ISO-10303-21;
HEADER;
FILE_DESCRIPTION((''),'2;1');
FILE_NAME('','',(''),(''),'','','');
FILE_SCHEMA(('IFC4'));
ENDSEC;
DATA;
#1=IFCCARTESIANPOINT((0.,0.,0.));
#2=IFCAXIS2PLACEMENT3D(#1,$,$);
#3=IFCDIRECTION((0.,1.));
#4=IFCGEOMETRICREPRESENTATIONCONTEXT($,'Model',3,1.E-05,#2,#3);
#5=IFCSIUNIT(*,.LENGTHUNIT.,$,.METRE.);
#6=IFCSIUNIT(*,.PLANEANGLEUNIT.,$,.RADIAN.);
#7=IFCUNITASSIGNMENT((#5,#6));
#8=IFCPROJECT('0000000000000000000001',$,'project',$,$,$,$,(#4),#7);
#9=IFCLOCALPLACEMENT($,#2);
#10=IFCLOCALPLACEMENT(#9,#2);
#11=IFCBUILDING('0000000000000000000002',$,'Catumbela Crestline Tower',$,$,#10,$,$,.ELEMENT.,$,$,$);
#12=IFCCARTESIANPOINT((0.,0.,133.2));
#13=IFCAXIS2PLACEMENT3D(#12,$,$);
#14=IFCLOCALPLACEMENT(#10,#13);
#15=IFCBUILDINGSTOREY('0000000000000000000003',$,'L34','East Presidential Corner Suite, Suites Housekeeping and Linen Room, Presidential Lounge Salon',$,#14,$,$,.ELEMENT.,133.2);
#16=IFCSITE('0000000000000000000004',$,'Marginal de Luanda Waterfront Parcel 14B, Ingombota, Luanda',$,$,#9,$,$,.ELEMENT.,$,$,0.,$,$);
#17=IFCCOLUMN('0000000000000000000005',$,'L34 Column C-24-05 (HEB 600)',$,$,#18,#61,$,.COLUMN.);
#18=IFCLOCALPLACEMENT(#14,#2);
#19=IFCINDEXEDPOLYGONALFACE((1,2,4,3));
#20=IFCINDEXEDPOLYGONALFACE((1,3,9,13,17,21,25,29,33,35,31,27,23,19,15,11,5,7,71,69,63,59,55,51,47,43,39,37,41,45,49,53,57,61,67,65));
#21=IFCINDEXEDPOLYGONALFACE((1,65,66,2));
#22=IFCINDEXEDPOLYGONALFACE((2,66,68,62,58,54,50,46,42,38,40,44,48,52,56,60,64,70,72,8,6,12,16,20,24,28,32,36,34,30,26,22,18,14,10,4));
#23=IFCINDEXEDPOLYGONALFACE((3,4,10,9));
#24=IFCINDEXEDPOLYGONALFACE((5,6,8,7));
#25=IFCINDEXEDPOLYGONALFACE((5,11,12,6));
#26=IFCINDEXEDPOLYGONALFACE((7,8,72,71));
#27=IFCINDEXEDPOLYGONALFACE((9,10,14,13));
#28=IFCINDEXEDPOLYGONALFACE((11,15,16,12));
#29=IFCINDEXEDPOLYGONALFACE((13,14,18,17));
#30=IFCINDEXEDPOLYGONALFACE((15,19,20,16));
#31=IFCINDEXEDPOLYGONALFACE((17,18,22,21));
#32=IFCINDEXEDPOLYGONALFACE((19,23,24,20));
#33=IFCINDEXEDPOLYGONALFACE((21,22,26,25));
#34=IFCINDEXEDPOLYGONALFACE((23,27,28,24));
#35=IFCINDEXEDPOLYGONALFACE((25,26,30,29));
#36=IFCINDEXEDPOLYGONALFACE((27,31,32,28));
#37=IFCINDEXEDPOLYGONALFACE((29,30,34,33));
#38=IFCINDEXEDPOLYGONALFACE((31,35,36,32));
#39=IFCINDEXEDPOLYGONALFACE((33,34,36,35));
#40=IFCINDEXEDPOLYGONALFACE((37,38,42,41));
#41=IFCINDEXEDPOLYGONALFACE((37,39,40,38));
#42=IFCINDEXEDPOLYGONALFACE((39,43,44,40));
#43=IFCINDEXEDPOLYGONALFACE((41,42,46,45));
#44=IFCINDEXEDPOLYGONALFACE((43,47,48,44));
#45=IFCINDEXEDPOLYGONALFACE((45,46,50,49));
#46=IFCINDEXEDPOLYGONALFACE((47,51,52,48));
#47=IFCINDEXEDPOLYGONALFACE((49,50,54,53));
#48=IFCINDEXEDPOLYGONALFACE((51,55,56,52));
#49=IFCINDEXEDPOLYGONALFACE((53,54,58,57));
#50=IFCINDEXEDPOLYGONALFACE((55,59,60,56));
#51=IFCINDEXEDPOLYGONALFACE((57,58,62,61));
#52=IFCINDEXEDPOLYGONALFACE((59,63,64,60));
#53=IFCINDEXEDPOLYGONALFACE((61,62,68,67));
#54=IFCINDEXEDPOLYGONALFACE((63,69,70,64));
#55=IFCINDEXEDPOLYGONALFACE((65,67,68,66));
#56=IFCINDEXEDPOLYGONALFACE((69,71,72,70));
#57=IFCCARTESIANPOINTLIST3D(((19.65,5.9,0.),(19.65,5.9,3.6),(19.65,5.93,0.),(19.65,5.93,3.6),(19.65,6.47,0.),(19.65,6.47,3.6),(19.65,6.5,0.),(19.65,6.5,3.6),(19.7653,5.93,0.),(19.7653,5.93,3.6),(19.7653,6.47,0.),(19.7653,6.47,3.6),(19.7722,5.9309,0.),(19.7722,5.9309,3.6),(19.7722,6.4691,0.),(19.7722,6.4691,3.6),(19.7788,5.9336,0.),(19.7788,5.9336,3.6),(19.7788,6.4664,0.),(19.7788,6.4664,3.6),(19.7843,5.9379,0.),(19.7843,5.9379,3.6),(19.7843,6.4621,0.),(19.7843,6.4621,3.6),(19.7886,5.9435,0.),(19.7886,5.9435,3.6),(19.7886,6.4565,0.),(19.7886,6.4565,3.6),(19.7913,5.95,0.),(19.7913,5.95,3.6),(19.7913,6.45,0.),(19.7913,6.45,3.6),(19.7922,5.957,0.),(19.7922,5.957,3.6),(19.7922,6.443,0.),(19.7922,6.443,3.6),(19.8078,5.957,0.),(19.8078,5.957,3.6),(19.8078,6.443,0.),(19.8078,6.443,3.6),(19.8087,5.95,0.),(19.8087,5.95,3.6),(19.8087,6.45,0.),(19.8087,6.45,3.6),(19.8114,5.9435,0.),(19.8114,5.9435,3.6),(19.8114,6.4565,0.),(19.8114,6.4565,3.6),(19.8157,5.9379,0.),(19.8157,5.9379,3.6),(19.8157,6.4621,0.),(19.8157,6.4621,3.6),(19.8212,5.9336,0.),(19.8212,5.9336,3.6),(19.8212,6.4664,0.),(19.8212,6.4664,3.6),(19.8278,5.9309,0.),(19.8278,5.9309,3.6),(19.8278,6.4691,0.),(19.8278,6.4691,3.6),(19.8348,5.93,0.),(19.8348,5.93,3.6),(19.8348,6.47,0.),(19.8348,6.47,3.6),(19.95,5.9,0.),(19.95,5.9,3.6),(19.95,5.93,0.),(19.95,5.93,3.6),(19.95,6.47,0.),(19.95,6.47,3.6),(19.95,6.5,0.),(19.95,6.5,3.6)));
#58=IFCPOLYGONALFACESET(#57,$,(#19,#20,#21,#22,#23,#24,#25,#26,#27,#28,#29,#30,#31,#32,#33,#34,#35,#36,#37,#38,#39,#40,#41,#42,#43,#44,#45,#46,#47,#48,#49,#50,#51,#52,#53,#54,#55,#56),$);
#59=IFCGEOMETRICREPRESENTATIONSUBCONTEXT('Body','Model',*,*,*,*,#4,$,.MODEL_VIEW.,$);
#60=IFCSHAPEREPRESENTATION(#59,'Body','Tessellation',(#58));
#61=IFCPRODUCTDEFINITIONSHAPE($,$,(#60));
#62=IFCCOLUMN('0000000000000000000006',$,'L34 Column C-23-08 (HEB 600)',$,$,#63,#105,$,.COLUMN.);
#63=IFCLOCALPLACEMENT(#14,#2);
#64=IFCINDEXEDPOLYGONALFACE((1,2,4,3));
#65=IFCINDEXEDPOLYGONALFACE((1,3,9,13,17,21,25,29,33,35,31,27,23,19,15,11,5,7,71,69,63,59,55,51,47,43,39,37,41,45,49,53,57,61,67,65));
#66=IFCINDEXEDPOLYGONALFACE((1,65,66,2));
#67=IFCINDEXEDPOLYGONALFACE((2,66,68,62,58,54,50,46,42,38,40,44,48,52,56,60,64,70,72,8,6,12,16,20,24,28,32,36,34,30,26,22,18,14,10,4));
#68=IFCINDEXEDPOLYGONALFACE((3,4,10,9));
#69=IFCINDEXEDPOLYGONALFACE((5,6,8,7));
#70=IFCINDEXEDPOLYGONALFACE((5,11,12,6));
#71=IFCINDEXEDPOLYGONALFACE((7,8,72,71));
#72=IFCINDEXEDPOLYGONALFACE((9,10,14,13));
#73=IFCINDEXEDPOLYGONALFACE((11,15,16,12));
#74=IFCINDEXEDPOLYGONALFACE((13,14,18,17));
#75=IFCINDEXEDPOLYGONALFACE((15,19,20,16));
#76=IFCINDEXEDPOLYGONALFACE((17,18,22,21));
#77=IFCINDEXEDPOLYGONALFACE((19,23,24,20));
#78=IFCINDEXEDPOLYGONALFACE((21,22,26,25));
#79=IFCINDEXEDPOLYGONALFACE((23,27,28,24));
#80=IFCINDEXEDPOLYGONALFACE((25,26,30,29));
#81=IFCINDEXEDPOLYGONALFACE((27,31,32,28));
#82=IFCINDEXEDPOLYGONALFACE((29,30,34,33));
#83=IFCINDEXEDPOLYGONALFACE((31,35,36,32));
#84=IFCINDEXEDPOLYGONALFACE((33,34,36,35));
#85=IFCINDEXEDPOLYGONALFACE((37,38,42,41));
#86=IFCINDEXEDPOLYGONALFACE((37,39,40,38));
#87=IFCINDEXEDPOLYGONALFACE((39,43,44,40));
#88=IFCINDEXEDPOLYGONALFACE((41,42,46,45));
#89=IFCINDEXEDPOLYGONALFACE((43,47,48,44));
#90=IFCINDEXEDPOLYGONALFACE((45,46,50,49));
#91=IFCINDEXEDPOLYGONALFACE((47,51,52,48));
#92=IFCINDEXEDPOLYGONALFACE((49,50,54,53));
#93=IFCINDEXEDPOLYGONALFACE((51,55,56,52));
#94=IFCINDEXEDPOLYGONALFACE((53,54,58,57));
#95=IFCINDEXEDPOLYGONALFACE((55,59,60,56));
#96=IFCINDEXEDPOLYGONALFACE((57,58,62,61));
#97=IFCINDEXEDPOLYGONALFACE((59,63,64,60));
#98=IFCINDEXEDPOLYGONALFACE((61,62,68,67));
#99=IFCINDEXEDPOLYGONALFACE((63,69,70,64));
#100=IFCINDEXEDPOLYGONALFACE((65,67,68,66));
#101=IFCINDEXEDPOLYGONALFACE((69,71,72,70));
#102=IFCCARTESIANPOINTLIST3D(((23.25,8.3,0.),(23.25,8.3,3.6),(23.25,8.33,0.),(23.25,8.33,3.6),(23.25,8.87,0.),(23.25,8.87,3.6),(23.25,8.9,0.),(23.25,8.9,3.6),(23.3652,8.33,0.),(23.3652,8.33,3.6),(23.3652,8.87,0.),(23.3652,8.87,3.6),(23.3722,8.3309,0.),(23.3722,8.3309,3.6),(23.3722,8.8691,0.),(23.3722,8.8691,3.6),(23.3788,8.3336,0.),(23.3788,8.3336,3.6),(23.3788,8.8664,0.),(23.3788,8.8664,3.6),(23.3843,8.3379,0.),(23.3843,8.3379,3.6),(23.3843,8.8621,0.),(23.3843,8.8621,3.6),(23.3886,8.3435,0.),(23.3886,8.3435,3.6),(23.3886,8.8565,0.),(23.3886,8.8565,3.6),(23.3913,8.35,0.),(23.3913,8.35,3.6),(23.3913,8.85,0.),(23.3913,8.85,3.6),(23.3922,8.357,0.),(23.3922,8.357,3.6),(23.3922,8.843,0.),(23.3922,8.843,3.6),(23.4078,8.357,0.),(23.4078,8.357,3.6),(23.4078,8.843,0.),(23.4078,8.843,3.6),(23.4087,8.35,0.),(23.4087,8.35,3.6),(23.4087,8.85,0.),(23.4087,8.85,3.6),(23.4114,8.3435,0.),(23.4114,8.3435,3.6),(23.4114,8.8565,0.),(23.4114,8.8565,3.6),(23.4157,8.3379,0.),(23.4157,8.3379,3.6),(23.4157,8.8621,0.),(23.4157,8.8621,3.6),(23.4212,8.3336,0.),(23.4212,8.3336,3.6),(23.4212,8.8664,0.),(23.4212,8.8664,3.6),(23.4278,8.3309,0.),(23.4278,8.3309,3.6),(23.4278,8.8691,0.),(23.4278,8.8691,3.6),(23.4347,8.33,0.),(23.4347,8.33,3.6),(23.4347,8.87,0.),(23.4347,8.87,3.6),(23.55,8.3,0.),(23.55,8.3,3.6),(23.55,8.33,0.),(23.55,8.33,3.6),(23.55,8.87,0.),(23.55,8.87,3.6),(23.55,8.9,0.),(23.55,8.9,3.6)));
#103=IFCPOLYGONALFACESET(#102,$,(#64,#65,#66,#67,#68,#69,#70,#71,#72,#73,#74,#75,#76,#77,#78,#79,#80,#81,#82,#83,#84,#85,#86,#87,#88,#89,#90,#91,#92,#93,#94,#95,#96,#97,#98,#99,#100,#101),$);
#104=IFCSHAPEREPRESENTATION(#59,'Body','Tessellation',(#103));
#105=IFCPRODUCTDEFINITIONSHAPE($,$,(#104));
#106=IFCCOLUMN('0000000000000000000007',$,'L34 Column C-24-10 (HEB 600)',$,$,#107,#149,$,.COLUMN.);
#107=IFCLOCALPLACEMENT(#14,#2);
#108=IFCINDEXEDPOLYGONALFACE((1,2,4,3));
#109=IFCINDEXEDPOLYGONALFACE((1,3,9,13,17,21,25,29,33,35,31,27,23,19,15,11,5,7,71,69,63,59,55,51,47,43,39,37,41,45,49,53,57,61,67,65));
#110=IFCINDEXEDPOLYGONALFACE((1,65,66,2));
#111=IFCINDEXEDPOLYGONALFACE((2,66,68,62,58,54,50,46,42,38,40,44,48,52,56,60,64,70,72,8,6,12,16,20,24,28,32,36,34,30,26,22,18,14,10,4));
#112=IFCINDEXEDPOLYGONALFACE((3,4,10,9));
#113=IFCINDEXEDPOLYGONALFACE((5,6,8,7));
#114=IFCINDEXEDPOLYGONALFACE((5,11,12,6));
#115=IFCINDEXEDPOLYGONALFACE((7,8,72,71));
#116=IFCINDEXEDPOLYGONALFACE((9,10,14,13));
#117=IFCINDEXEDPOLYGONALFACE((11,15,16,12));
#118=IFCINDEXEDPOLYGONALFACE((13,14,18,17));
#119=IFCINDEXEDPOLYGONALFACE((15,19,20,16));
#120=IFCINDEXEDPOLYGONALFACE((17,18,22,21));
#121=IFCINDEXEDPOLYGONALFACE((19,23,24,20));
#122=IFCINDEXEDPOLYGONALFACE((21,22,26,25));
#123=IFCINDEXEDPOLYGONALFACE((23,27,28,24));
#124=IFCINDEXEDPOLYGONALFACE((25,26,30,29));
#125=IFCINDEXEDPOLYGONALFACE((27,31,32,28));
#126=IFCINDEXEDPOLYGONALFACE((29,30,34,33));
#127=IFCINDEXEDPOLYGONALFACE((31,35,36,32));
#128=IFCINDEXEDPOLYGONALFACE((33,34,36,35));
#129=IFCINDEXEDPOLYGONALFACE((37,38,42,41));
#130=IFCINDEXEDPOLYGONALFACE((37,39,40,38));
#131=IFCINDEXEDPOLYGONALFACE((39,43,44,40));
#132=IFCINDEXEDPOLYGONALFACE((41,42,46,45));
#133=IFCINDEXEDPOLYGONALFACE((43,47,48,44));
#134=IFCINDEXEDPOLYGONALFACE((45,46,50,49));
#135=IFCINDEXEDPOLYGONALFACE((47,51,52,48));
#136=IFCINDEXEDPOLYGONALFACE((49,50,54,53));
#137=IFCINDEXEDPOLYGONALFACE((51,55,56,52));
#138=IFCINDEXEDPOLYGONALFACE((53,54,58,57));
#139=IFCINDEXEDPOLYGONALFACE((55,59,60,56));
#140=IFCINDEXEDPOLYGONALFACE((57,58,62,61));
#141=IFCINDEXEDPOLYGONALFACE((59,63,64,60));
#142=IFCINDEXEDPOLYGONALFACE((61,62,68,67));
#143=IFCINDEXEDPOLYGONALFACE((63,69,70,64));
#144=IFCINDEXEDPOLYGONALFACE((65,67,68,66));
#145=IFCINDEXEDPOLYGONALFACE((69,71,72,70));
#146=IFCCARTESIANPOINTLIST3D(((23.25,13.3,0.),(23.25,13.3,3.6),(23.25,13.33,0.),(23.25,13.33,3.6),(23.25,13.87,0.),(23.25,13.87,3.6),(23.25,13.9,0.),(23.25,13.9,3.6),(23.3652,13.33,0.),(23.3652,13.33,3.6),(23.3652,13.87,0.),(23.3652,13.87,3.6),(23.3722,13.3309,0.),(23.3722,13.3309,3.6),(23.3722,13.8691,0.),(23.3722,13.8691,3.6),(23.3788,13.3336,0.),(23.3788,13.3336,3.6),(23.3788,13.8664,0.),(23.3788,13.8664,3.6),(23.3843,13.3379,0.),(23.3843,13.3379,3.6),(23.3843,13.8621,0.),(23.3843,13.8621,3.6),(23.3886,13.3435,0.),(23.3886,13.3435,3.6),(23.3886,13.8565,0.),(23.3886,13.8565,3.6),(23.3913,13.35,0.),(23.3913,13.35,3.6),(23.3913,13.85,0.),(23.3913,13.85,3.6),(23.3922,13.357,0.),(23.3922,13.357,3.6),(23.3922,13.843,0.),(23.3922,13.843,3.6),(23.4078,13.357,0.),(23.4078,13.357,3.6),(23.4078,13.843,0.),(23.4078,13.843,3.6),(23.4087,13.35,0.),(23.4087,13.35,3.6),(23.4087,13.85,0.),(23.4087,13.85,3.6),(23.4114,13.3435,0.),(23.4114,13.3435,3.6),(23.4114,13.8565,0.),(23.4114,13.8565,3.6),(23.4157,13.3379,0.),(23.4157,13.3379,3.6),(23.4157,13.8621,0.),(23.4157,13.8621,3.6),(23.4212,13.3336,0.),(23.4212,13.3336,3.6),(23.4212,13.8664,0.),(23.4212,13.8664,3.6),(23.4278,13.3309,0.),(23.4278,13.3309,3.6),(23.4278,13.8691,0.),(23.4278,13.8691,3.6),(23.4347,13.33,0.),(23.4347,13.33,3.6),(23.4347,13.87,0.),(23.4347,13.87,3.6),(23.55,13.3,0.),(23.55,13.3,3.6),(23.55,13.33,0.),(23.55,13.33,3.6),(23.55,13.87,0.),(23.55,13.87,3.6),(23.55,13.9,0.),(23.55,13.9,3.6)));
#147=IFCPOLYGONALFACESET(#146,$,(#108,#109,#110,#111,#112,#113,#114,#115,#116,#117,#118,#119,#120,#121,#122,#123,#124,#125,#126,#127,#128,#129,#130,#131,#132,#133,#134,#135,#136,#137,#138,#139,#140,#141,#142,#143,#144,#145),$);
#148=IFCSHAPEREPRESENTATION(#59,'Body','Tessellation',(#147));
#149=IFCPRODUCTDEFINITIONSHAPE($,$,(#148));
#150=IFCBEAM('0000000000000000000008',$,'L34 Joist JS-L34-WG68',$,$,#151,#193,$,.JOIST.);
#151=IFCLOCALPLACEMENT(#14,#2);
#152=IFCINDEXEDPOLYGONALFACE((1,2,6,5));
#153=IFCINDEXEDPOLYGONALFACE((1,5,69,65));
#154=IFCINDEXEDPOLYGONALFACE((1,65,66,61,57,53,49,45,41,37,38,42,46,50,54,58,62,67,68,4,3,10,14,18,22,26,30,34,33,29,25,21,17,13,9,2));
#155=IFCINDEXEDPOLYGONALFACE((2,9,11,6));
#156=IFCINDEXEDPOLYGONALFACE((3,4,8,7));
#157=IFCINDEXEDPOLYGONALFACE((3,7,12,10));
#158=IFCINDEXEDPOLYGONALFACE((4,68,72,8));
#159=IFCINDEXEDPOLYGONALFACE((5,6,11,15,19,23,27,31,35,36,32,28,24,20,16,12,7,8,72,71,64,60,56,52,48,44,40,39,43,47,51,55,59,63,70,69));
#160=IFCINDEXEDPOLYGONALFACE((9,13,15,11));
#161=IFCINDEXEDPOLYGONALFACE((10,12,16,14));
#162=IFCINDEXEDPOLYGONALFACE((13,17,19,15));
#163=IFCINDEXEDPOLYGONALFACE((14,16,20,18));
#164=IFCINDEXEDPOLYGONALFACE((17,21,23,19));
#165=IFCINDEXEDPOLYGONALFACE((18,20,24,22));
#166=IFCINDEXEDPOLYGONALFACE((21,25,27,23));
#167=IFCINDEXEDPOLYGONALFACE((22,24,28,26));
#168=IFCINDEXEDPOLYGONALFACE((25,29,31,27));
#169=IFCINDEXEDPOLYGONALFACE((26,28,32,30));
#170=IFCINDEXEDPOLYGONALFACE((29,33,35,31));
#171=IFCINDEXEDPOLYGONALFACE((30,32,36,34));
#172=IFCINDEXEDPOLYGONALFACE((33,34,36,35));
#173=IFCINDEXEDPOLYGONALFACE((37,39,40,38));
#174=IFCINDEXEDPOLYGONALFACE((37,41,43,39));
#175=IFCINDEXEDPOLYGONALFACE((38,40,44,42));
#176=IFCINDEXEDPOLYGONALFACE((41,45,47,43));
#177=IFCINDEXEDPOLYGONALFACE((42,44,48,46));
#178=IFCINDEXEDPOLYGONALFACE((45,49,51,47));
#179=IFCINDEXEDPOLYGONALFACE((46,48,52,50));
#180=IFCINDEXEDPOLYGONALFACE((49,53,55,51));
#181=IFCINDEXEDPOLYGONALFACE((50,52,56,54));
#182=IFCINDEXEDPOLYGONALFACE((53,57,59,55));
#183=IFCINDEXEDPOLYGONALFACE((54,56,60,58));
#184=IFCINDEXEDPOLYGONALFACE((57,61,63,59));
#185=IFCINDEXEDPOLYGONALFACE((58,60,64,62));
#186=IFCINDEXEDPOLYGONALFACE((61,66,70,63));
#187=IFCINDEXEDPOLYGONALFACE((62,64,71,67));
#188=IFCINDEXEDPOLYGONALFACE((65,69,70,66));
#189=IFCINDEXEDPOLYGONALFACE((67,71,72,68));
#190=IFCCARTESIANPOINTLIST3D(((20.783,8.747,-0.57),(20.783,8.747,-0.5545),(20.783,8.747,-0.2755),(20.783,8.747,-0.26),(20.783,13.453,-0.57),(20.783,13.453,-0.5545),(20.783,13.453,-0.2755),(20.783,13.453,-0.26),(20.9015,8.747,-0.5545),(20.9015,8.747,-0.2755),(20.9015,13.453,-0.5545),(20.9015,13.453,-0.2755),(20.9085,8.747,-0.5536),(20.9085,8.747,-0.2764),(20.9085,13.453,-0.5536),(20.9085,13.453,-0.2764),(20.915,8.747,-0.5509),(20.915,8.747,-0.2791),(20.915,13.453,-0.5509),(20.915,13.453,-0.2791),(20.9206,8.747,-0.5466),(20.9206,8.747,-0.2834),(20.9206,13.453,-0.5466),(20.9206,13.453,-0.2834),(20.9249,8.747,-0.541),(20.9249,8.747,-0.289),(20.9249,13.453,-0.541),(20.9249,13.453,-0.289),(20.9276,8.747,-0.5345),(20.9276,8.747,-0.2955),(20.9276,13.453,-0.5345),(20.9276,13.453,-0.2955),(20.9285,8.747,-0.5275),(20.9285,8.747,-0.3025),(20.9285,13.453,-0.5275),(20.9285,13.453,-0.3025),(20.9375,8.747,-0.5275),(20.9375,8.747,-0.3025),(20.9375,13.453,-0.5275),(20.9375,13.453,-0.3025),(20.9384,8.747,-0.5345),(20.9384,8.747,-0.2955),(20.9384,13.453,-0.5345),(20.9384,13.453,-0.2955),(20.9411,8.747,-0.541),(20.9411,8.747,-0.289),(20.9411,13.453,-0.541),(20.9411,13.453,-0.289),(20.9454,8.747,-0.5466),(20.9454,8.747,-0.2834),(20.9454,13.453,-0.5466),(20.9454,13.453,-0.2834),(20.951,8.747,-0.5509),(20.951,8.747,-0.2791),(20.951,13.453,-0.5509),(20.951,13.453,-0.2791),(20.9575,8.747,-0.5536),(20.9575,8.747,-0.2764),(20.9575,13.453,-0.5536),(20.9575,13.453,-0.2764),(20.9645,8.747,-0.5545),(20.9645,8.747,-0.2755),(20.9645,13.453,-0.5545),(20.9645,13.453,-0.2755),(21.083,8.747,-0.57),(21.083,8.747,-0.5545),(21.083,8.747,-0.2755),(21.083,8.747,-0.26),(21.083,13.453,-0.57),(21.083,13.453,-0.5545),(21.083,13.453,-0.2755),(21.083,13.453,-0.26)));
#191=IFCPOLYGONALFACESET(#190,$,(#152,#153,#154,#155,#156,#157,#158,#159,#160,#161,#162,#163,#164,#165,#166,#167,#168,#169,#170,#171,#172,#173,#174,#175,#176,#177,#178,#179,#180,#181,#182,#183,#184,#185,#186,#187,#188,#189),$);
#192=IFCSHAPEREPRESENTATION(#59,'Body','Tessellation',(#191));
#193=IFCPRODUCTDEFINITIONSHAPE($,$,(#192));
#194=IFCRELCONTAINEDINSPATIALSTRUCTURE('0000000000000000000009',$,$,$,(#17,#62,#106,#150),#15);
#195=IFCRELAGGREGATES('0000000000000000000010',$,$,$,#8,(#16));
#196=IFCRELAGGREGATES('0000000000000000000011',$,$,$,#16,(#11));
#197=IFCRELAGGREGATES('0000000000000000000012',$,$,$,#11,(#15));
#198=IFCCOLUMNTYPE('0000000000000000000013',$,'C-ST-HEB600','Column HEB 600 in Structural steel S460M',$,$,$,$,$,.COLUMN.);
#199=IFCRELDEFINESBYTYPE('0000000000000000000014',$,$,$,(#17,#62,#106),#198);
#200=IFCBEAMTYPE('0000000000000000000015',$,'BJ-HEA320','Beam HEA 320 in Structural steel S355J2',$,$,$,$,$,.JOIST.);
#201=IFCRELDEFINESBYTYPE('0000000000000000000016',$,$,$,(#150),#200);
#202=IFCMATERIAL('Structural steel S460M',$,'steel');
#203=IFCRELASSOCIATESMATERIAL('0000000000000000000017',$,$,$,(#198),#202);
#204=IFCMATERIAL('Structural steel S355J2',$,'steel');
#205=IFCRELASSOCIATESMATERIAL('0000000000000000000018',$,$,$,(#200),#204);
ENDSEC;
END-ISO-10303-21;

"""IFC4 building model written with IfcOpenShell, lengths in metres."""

from ifc_helpers import new_model, si_unit, direction, frame, origin, origin_2d, place, context, subcontext, project, spatial, i_section, extrude, material, material_profile, profile_set, type_object, element, save


model = new_model("IFC4")

# Units and contexts
model_context = context("Model", 3, precision=1e-05, world=origin(), true_north=direction((0.0, 1.0)))
body_context = subcontext(model_context, "Body", "Model", "MODEL_VIEW")
ifc_project = project(units=[si_unit("LENGTHUNIT", "METRE"), si_unit("PLANEANGLEUNIT", "RADIAN")], contexts=[model_context])

# Site, building, storey
site_placement = place(None, origin())
site = spatial("IfcSite", under=ifc_project, at=site_placement, Name="Marginal de Luanda Waterfront Parcel 14B, Ingombota, Luanda", CompositionType="ELEMENT", RefElevation=0.0)
building_placement = place(site_placement, origin())
building = spatial("IfcBuilding", under=site, at=building_placement, Name="Catumbela Crestline Tower", CompositionType="ELEMENT")
storey_placement = place(building_placement, frame((0.0, 0.0, 133.2)))
storey = spatial("IfcBuildingStorey", under=building, at=storey_placement, Name="L34", Description="East Presidential Corner Suite, Suites Housekeeping and Linen Room, Presidential Lounge Salon", CompositionType="ELEMENT", Elevation=133.2)

# Columns
ifc_material_1 = material(Name="Structural steel S460M", Category="steel")
ifc_material_profile_1 = material_profile(ifc_material_1, i_section(OverallWidth=0.3, OverallDepth=0.6, WebThickness=0.0155, FlangeThickness=0.03, FilletRadius=0.027, at=origin_2d()), Name="HEB 600")
ifc_profile_set_1 = profile_set([ifc_material_profile_1], Name="Structural steel S460M")
column_type = type_object("IfcColumnType", Name="C-ST-HEB600", Description="Column HEB 600 in Structural steel S460M", PredefinedType="COLUMN", material=ifc_profile_set_1)
for number, where, z_axis, x_axis, name in (
    (1, (19.8, 6.2, 0.0), (0.0, 0.0, 1.0), (1.0, 0.0, 0.0), "L34 Column C-24-05 (HEB 600)"),
    (2, (23.4, 8.6, 0.0), (0.0, 0.0, 1.0), (1.0, 0.0, 0.0), "L34 Column C-23-08 (HEB 600)"),
    (3, (23.4, 13.6, 0.0), (0.0, 0.0, 1.0), (1.0, 0.0, 0.0), "L34 Column C-24-10 (HEB 600)"),
):
    element("IfcColumn", number, at=place(storey_placement, frame(where, z_axis=z_axis, x_axis=x_axis)), inside=storey, type_object=column_type, Name=name, PredefinedType="COLUMN", context=body_context, shape_type="SweptSolid", body=[
        extrude(i_section(OverallWidth=0.3, OverallDepth=0.6, WebThickness=0.0155, FlangeThickness=0.03, FilletRadius=0.027, at=origin_2d()), origin(), (0.0, 0.0, 1.0), 3.6),
    ])

# Beam
ifc_material_2 = material(Name="Structural steel S355J2", Category="steel")
ifc_material_profile_2 = material_profile(ifc_material_2, i_section(OverallWidth=0.3, OverallDepth=0.31, WebThickness=0.009, FlangeThickness=0.0155, FilletRadius=0.027, at=origin_2d()), Name="HEA 320")
ifc_profile_set_2 = profile_set([ifc_material_profile_2], Name="Structural steel S355J2")
beam_type_1 = type_object("IfcBeamType", Name="BJ-HEA320", Description="Beam HEA 320 in Structural steel S355J2", PredefinedType="JOIST", material=ifc_profile_set_2)
beam_1_placement = place(storey_placement, frame((20.933, 8.747, -0.415), z_axis=(0.0, 1.0, 0.0), x_axis=(-1.0, 0.0, 0.0)))
element("IfcBeam", 4, at=beam_1_placement, inside=storey, type_object=beam_type_1, Name="L34 Joist JS-L34-WG68", PredefinedType="JOIST", context=body_context, shape_type="SweptSolid", body=[
    extrude(i_section(OverallWidth=0.3, OverallDepth=0.31, WebThickness=0.009, FlangeThickness=0.0155, FilletRadius=0.027, at=origin_2d()), origin(), (0.0, 0.0, 1.0), 4.706),
])

save(model, "model.ifc")
